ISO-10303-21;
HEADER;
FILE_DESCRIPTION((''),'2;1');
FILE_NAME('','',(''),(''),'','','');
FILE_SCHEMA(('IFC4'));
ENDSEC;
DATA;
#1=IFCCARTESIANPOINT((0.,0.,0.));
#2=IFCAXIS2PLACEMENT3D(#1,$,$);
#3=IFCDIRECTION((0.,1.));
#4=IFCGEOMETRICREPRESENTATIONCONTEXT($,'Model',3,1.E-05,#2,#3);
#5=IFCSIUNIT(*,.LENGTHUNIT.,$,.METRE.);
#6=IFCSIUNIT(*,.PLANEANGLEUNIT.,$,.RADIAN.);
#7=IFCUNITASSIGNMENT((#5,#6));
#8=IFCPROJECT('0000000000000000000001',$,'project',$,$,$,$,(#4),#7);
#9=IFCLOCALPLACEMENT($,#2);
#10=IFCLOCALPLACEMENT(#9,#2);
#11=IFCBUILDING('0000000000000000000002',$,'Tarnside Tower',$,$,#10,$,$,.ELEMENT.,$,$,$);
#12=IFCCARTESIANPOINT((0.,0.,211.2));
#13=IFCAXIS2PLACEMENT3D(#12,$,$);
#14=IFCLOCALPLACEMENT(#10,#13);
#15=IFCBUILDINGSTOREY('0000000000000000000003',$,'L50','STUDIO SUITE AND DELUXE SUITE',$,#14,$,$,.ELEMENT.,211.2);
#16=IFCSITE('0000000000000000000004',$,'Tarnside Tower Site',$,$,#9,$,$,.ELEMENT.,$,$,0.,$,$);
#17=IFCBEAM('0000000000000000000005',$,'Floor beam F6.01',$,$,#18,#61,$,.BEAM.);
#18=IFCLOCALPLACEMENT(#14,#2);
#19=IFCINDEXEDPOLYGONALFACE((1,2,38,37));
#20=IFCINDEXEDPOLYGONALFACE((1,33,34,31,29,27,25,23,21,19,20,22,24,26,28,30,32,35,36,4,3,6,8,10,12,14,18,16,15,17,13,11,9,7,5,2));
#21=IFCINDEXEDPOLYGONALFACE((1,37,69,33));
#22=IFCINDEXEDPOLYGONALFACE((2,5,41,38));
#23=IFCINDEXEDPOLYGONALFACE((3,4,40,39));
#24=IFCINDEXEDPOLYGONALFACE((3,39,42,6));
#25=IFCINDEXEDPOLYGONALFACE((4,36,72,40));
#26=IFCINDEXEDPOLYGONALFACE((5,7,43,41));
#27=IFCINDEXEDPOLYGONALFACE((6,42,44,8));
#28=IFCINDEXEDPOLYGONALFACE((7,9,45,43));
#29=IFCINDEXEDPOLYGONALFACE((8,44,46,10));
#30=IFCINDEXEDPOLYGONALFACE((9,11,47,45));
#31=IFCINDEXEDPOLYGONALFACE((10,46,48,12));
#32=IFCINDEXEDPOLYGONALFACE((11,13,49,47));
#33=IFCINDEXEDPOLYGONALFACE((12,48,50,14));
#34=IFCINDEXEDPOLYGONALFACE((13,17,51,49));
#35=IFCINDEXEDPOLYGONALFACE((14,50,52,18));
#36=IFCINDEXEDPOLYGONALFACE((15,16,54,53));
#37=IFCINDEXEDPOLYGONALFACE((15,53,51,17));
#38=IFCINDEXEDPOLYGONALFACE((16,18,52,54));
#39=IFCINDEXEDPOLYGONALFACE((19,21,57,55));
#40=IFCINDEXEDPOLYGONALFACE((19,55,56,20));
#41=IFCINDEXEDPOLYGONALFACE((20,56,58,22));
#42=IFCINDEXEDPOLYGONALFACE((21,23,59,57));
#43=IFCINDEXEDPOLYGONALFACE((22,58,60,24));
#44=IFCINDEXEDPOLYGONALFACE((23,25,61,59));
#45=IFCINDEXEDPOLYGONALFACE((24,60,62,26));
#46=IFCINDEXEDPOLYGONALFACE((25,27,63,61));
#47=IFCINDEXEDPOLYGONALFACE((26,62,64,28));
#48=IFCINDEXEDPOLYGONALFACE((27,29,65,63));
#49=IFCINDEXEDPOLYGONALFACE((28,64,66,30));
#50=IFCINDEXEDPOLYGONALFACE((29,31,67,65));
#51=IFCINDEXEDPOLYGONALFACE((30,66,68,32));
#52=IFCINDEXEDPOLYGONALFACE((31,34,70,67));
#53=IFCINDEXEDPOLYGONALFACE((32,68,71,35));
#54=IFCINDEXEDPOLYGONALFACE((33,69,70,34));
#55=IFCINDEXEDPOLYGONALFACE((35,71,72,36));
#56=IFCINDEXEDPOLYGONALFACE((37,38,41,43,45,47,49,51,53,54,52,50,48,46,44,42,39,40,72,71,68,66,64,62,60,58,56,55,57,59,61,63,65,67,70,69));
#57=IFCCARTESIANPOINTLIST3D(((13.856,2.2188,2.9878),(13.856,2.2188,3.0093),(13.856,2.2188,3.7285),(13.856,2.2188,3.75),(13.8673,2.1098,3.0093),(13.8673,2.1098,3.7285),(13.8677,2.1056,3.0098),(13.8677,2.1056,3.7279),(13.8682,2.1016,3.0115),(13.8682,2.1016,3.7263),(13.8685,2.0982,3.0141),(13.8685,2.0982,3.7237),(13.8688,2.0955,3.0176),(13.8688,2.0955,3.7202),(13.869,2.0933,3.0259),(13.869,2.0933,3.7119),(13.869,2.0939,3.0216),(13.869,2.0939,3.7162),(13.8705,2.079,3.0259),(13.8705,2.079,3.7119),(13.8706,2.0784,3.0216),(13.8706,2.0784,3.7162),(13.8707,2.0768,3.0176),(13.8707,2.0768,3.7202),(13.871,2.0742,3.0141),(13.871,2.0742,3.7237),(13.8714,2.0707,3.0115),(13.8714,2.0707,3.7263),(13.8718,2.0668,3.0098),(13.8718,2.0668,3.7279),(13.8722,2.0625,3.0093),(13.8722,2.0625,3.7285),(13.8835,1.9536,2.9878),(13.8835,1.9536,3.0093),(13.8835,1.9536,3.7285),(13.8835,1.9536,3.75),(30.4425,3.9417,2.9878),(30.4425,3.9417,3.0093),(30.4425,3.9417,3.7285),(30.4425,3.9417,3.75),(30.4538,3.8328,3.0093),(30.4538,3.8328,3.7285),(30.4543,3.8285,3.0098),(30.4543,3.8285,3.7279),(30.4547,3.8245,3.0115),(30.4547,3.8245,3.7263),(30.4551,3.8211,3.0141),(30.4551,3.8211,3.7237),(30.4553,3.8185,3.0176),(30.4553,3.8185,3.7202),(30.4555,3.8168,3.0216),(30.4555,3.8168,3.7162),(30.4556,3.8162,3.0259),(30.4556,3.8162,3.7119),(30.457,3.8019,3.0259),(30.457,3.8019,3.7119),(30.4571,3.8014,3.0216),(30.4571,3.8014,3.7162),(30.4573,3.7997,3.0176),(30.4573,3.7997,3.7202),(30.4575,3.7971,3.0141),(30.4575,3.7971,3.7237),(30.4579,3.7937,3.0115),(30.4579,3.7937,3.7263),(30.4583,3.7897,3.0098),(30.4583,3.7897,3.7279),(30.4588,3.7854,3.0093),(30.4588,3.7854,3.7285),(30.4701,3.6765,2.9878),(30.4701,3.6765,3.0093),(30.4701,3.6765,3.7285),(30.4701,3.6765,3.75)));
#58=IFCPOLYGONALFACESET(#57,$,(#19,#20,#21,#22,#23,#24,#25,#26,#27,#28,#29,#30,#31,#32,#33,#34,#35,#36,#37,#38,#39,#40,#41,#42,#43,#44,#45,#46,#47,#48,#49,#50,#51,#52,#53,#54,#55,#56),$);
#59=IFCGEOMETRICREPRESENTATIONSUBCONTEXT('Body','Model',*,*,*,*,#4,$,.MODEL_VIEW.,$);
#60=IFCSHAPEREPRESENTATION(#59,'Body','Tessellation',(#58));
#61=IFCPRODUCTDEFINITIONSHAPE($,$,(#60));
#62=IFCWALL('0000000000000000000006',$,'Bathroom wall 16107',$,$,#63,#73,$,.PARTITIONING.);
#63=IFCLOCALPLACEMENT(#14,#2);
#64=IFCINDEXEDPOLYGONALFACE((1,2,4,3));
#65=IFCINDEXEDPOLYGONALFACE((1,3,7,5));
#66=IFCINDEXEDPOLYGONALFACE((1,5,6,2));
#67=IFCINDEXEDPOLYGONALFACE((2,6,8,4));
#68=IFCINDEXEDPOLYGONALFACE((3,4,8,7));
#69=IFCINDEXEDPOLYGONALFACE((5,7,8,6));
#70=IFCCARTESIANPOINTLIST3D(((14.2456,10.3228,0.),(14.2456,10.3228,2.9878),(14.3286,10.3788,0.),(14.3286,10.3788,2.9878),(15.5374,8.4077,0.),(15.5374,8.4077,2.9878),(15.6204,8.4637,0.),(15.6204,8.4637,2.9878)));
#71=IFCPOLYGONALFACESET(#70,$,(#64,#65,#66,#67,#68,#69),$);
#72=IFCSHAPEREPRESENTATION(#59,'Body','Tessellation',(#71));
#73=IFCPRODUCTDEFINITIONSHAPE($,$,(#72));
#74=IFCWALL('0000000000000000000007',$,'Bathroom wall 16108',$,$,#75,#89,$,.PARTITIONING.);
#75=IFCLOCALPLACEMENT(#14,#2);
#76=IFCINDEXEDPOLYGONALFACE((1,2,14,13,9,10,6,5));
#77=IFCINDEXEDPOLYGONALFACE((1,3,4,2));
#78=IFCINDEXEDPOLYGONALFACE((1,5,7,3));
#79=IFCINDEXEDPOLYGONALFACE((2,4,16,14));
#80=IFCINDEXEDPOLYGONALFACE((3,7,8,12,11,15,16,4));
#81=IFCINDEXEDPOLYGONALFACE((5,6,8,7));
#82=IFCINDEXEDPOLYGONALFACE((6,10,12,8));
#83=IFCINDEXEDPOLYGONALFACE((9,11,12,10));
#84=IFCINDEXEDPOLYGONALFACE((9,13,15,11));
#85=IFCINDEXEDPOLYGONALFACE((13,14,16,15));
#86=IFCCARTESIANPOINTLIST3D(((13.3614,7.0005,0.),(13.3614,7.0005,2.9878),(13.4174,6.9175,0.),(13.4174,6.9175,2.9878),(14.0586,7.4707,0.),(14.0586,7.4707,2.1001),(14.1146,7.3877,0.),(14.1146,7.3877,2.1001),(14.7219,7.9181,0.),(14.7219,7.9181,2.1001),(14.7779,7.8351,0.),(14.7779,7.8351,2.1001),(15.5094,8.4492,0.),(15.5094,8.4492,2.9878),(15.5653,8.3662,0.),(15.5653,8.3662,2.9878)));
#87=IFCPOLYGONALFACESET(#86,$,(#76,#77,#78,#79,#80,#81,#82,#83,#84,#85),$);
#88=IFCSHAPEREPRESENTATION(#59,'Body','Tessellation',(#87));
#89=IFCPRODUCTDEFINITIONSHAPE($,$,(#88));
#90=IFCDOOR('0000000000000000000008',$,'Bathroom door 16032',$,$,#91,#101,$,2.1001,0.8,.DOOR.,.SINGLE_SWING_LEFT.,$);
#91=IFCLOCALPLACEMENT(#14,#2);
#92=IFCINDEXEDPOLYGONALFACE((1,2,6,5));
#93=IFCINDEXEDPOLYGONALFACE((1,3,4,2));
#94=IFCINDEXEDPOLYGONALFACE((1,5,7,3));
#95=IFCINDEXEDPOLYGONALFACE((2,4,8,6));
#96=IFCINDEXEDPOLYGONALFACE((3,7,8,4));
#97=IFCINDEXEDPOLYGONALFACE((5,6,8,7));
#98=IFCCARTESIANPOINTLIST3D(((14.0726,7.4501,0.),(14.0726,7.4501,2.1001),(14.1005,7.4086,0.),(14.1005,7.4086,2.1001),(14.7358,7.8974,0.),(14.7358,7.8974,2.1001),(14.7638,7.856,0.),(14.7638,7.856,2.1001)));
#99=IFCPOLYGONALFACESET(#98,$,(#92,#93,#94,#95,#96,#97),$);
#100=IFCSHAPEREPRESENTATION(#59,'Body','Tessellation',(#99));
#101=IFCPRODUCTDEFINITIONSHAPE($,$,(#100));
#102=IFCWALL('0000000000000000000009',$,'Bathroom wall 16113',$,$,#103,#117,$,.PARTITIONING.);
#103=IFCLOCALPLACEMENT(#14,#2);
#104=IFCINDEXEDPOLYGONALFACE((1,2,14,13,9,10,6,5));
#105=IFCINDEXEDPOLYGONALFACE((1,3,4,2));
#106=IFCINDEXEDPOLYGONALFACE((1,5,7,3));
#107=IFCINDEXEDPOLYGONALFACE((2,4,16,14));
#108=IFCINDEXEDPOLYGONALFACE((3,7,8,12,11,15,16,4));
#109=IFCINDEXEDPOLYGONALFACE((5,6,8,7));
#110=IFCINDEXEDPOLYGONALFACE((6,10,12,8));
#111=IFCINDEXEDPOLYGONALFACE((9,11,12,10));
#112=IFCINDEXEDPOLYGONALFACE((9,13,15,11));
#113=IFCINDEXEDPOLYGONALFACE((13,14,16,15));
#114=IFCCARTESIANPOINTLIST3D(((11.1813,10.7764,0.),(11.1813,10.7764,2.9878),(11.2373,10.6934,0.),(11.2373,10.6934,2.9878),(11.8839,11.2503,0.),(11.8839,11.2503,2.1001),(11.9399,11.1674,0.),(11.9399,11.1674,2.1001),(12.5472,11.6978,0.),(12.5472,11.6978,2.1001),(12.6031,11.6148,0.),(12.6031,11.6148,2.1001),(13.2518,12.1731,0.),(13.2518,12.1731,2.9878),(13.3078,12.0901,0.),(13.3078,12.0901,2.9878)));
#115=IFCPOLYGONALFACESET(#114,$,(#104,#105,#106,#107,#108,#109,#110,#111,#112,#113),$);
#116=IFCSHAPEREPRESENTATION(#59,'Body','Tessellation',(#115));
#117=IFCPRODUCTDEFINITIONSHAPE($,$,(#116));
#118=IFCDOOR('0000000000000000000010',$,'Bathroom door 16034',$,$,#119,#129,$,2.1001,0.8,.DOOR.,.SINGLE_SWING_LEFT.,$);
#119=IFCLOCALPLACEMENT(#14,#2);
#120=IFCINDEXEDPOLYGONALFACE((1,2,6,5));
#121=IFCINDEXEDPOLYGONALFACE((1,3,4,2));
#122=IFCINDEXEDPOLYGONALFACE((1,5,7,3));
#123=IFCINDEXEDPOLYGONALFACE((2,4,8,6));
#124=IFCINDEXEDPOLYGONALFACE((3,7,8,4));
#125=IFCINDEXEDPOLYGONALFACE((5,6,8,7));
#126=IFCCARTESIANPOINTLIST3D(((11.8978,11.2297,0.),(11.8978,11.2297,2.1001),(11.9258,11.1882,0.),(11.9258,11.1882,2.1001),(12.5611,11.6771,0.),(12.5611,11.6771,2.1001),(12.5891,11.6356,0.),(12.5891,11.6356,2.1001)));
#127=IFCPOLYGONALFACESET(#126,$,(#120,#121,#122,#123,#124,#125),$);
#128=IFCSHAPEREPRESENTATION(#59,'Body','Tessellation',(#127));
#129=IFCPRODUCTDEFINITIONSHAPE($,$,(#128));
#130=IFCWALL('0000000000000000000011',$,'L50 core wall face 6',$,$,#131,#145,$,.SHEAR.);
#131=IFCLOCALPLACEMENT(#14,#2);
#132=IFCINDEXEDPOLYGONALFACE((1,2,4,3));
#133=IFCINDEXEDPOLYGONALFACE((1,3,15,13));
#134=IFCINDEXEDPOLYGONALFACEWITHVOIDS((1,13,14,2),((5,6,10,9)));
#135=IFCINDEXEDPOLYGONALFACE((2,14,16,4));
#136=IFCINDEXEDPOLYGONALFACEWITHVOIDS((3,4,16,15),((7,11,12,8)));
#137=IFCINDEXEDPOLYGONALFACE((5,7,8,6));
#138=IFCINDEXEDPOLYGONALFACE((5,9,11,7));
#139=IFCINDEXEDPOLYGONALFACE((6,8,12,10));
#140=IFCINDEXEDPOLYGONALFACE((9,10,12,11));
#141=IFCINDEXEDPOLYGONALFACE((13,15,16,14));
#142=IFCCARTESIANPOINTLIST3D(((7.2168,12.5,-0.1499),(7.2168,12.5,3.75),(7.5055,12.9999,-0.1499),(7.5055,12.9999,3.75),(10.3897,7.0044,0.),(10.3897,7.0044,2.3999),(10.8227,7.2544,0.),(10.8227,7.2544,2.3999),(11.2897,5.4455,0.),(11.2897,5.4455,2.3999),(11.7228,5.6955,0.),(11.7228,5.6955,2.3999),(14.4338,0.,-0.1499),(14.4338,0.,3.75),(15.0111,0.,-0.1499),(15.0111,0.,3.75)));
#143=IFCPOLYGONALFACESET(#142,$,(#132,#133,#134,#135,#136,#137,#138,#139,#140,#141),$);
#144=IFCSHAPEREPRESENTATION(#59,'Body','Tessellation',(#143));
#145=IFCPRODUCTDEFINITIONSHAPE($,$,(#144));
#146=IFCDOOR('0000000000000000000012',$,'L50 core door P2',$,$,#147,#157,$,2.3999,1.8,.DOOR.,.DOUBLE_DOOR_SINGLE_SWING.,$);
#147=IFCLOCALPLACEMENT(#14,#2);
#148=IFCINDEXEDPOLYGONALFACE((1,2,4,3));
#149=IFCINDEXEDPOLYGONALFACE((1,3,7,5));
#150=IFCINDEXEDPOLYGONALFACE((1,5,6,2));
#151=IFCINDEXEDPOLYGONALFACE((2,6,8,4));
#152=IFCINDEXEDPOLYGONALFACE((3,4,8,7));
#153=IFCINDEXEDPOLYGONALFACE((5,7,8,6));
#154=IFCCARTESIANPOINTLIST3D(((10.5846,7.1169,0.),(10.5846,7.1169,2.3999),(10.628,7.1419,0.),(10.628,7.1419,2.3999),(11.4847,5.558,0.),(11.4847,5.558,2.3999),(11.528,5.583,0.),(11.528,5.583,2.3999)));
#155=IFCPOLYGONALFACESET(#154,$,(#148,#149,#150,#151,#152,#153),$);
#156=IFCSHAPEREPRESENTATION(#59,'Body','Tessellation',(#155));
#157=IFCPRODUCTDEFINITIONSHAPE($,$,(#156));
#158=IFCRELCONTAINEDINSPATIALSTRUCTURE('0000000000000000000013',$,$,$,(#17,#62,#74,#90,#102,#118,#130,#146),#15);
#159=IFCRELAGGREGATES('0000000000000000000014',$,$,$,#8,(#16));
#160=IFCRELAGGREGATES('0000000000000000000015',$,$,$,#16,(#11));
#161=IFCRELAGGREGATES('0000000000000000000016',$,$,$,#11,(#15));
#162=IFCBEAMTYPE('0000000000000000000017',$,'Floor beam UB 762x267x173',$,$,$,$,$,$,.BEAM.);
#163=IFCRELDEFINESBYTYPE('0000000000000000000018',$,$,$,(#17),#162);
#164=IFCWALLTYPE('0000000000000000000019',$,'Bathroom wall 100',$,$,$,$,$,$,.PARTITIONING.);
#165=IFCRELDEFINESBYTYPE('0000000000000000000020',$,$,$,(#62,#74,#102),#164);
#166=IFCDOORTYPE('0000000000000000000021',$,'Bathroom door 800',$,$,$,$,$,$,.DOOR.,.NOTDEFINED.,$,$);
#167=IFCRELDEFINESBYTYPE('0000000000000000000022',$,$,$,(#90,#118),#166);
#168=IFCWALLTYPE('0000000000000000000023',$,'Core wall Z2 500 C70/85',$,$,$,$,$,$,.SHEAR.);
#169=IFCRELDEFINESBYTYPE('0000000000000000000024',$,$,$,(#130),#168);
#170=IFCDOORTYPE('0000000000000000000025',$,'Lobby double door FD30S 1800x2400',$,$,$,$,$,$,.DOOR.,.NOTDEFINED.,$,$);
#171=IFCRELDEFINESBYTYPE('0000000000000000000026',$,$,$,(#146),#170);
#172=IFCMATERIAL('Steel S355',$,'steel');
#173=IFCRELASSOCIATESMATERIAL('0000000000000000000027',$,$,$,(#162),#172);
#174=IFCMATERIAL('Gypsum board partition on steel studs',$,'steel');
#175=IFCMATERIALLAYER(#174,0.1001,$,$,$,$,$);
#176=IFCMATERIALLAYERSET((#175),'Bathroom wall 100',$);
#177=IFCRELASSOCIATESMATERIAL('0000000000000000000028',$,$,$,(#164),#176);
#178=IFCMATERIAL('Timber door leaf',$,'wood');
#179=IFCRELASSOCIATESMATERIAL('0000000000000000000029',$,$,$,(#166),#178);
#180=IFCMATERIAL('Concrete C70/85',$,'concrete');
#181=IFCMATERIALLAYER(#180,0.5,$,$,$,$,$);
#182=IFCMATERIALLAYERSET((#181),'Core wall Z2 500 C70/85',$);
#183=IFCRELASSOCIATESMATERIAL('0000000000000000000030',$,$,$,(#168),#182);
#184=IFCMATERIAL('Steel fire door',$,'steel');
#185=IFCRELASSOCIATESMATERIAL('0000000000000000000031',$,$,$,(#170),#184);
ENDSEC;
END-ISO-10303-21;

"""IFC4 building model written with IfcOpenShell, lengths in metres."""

from ifc_helpers import new_model, si_unit, direction, frame, frame_2d, origin, origin_2d, place, context, subcontext, project, spatial, polyline, rectangle, i_section, outline, extrude, material, layer, layer_set, material_profile, profile_set, type_object, element, fill, save


model = new_model("IFC4")

# Units and contexts
model_context = context("Model", 3, precision=1e-05, world=origin(), true_north=direction((0.0, 1.0)))
body_context = subcontext(model_context, "Body", "Model", "MODEL_VIEW")
ifc_project = project(units=[si_unit("LENGTHUNIT", "METRE"), si_unit("PLANEANGLEUNIT", "RADIAN")], contexts=[model_context])

# Site, building, storey
site_placement = place(None, origin())
site = spatial("IfcSite", under=ifc_project, at=site_placement, Name="Tarnside Tower Site", CompositionType="ELEMENT", RefElevation=0.0)
building_placement = place(site_placement, origin())
building = spatial("IfcBuilding", under=site, at=building_placement, Name="Tarnside Tower", CompositionType="ELEMENT")
storey_placement = place(building_placement, frame((0.0, 0.0, 211.2)))
storey = spatial("IfcBuildingStorey", under=building, at=storey_placement, Name="L50", Description="STUDIO SUITE AND DELUXE SUITE", CompositionType="ELEMENT", Elevation=211.2)

# Beam
ifc_material_1 = material(Name="Steel S355", Category="steel")
ifc_material_profile_1 = material_profile(ifc_material_1, i_section(OverallWidth=0.2666, OverallDepth=0.7622, WebThickness=0.0144, FlangeThickness=0.0215, FilletRadius=0.0166, at=origin_2d()), Name="UB 762x267x173")
ifc_profile_set_1 = profile_set([ifc_material_profile_1], Name="Steel S355")
beam_type_1 = type_object("IfcBeamType", Name="Floor beam UB 762x267x173", PredefinedType="BEAM", material=ifc_profile_set_1)
beam_1_placement = place(storey_placement, frame((30.4563, 3.8091, 3.3689), z_axis=(-0.994648, -0.103318, 0.0), x_axis=(0.103318, -0.994648, 0.0)))
element("IfcBeam", 1, at=beam_1_placement, inside=storey, type_object=beam_type_1, Name="Floor beam F6.01", PredefinedType="BEAM", context=body_context, shape_type="SweptSolid", body=[
    extrude(i_section(OverallWidth=0.2666, OverallDepth=0.7622, WebThickness=0.0144, FlangeThickness=0.0215, FilletRadius=0.0166, at=origin_2d()), origin(), (0.0, 0.0, 1.0), 16.6758),
])

# Wall
ifc_material_2 = material(Name="Gypsum board partition on steel studs", Category="steel")
ifc_layer_1 = layer(ifc_material_2, 0.1001)
ifc_layer_set_1 = layer_set([ifc_layer_1], Name="Bathroom wall 100")
wall_type_1 = type_object("IfcWallType", Name="Bathroom wall 100", PredefinedType="PARTITIONING", material=ifc_layer_set_1)
wall_1_placement = place(storey_placement, frame((14.2871, 10.3508, 0.0), z_axis=(0.0, 0.0, 1.0), x_axis=(0.559204, -0.82903, 0.0)))
element("IfcWall", 2, at=wall_1_placement, inside=storey, type_object=wall_type_1, Name="Bathroom wall 16107", PredefinedType="PARTITIONING", context=body_context, shape_type="SweptSolid", body=[
    extrude(rectangle(XDim=2.3101, YDim=0.1001, at=frame_2d((1.155, 0.0))), origin(), (0.0, 0.0, 1.0), 2.9878),
])

# Walls, openings, doors
wall_2_placement = place(storey_placement, frame((15.5374, 8.4077, 0.0), z_axis=(0.0, 0.0, 1.0), x_axis=(-0.829052, -0.559172, 0.0)))
wall_2 = element("IfcWall", 3, at=wall_2_placement, inside=storey, type_object=wall_type_1, Name="Bathroom wall 16108", PredefinedType="PARTITIONING", context=body_context, shape_type="SweptSolid", body=[
    extrude(rectangle(XDim=2.5908, YDim=0.1001, at=frame_2d((1.2954, 0.0))), origin(), (0.0, 0.0, 1.0), 2.9878),
])
opening_1_placement = place(wall_2_placement, frame((0.95, 0.0, 0.0)))
opening_1 = element("IfcOpeningElement", 4, at=opening_1_placement, cuts=wall_2, PredefinedType="OPENING", context=body_context, shape_type="SweptSolid", body=[
    extrude(rectangle(XDim=0.8, YDim=2.1001, at=frame_2d((0.3999, 1.05))), frame((0.0, 0.0601, 0.0), z_axis=(0.0, -1.0, 0.0), x_axis=(1.0, 0.0, 0.0)), (0.0, 0.0, 1.0), 0.1201),
])
ifc_material_3 = material(Name="Timber door leaf", Category="wood")
door_type_1 = type_object("IfcDoorType", Name="Bathroom door 800", OperationType="NOTDEFINED", PredefinedType="DOOR", material=ifc_material_3)
door_1_placement = place(opening_1_placement, origin())
door_1 = element("IfcDoor", 5, at=door_1_placement, inside=storey, type_object=door_type_1, Name="Bathroom door 16032", OperationType="SINGLE_SWING_LEFT", OverallHeight=2.1001, OverallWidth=0.8, PredefinedType="DOOR", context=body_context, shape_type="SweptSolid", body=[
    extrude(rectangle(XDim=0.8, YDim=2.1001, at=frame_2d((0.3999, 1.05))), frame((0.0, 0.0249, 0.0), z_axis=(0.0, -1.0, 0.0), x_axis=(1.0, 0.0, 0.0)), (0.0, 0.0, 1.0), 0.05),
])
fill(opening_1, door_1)
wall_3_placement = place(storey_placement, frame((13.2798, 12.1316, 0.0), z_axis=(0.0, 0.0, 1.0), x_axis=(-0.829015, -0.559226, 0.0)))
wall_3 = element("IfcWall", 6, at=wall_3_placement, inside=storey, type_object=wall_type_1, Name="Bathroom wall 16113", PredefinedType="PARTITIONING", context=body_context, shape_type="SweptSolid", body=[
    extrude(rectangle(XDim=2.4976, YDim=0.1001, at=frame_2d((1.2488, 0.0))), origin(), (0.0, 0.0, 1.0), 2.9878),
])
opening_2_placement = place(wall_3_placement, frame((0.8501, 0.0, 0.0)))
opening_2 = element("IfcOpeningElement", 7, at=opening_2_placement, cuts=wall_3, PredefinedType="OPENING", context=body_context, shape_type="SweptSolid", body=[
    extrude(rectangle(XDim=0.8, YDim=2.1001, at=frame_2d((0.3999, 1.05))), frame((0.0, 0.0601, 0.0), z_axis=(0.0, -1.0, 0.0), x_axis=(1.0, 0.0, 0.0)), (0.0, 0.0, 1.0), 0.1201),
])
door_2_placement = place(opening_2_placement, origin())
door_2 = element("IfcDoor", 8, at=door_2_placement, inside=storey, type_object=door_type_1, Name="Bathroom door 16034", OperationType="SINGLE_SWING_LEFT", OverallHeight=2.1001, OverallWidth=0.8, PredefinedType="DOOR", context=body_context, shape_type="SweptSolid", body=[
    extrude(rectangle(XDim=0.8, YDim=2.1001, at=frame_2d((0.3999, 1.05))), frame((0.0, 0.0249, 0.0), z_axis=(0.0, -1.0, 0.0), x_axis=(1.0, 0.0, 0.0)), (0.0, 0.0, 1.0), 0.05),
])
fill(opening_2, door_2)
ifc_material_4 = material(Name="Concrete C70/85", Category="concrete")
ifc_layer_2 = layer(ifc_material_4, 0.5)
ifc_layer_set_2 = layer_set([ifc_layer_2], Name="Core wall Z2 500 C70/85")
wall_type_2 = type_object("IfcWallType", Name="Core wall Z2 500 C70/85", PredefinedType="SHEAR", material=ifc_layer_set_2)
wall_4_placement = place(storey_placement, frame((14.7224, 0.0, -0.1499), z_axis=(0.0, 0.0, 1.0), x_axis=(-0.500006, 0.866022, 0.0)))
wall_4 = element("IfcWall", 9, at=wall_4_placement, inside=storey, type_object=wall_type_2, Name="L50 core wall face 6", PredefinedType="SHEAR", context=body_context, shape_type="SweptSolid", body=[
    extrude(outline(polyline([(-0.1443, -0.25), (14.8667, -0.25), (14.5781, 0.25), (0.1443, 0.25), (-0.1443, -0.25)])), origin(), (0.0, 0.0, 1.0), 3.8999),
])
opening_3_placement = place(wall_4_placement, frame((6.4324, 0.0, 0.1499)))
opening_3 = element("IfcOpeningElement", 10, at=opening_3_placement, cuts=wall_4, PredefinedType="OPENING", context=body_context, shape_type="SweptSolid", body=[
    extrude(rectangle(XDim=1.8, YDim=2.3999, at=frame_2d((0.8999, 1.2))), frame((0.0, 0.26, 0.0), z_axis=(0.0, -1.0, 0.0), x_axis=(1.0, 0.0, 0.0)), (0.0, 0.0, 1.0), 0.52),
])
ifc_material_5 = material(Name="Steel fire door", Category="steel")
door_type_2 = type_object("IfcDoorType", Name="Lobby double door FD30S 1800x2400", OperationType="NOTDEFINED", PredefinedType="DOOR", material=ifc_material_5)
door_3_placement = place(opening_3_placement, origin())
door_3 = element("IfcDoor", 11, at=door_3_placement, inside=storey, type_object=door_type_2, Name="L50 core door P2", OperationType="DOUBLE_DOOR_SINGLE_SWING", OverallHeight=2.3999, OverallWidth=1.8, PredefinedType="DOOR", context=body_context, shape_type="SweptSolid", body=[
    extrude(rectangle(XDim=1.8, YDim=2.3999, at=frame_2d((0.8999, 1.2))), frame((0.0, 0.0249, 0.0), z_axis=(0.0, -1.0, 0.0), x_axis=(1.0, 0.0, 0.0)), (0.0, 0.0, 1.0), 0.05),
])
fill(opening_3, door_3)

save(model, "model.ifc")
